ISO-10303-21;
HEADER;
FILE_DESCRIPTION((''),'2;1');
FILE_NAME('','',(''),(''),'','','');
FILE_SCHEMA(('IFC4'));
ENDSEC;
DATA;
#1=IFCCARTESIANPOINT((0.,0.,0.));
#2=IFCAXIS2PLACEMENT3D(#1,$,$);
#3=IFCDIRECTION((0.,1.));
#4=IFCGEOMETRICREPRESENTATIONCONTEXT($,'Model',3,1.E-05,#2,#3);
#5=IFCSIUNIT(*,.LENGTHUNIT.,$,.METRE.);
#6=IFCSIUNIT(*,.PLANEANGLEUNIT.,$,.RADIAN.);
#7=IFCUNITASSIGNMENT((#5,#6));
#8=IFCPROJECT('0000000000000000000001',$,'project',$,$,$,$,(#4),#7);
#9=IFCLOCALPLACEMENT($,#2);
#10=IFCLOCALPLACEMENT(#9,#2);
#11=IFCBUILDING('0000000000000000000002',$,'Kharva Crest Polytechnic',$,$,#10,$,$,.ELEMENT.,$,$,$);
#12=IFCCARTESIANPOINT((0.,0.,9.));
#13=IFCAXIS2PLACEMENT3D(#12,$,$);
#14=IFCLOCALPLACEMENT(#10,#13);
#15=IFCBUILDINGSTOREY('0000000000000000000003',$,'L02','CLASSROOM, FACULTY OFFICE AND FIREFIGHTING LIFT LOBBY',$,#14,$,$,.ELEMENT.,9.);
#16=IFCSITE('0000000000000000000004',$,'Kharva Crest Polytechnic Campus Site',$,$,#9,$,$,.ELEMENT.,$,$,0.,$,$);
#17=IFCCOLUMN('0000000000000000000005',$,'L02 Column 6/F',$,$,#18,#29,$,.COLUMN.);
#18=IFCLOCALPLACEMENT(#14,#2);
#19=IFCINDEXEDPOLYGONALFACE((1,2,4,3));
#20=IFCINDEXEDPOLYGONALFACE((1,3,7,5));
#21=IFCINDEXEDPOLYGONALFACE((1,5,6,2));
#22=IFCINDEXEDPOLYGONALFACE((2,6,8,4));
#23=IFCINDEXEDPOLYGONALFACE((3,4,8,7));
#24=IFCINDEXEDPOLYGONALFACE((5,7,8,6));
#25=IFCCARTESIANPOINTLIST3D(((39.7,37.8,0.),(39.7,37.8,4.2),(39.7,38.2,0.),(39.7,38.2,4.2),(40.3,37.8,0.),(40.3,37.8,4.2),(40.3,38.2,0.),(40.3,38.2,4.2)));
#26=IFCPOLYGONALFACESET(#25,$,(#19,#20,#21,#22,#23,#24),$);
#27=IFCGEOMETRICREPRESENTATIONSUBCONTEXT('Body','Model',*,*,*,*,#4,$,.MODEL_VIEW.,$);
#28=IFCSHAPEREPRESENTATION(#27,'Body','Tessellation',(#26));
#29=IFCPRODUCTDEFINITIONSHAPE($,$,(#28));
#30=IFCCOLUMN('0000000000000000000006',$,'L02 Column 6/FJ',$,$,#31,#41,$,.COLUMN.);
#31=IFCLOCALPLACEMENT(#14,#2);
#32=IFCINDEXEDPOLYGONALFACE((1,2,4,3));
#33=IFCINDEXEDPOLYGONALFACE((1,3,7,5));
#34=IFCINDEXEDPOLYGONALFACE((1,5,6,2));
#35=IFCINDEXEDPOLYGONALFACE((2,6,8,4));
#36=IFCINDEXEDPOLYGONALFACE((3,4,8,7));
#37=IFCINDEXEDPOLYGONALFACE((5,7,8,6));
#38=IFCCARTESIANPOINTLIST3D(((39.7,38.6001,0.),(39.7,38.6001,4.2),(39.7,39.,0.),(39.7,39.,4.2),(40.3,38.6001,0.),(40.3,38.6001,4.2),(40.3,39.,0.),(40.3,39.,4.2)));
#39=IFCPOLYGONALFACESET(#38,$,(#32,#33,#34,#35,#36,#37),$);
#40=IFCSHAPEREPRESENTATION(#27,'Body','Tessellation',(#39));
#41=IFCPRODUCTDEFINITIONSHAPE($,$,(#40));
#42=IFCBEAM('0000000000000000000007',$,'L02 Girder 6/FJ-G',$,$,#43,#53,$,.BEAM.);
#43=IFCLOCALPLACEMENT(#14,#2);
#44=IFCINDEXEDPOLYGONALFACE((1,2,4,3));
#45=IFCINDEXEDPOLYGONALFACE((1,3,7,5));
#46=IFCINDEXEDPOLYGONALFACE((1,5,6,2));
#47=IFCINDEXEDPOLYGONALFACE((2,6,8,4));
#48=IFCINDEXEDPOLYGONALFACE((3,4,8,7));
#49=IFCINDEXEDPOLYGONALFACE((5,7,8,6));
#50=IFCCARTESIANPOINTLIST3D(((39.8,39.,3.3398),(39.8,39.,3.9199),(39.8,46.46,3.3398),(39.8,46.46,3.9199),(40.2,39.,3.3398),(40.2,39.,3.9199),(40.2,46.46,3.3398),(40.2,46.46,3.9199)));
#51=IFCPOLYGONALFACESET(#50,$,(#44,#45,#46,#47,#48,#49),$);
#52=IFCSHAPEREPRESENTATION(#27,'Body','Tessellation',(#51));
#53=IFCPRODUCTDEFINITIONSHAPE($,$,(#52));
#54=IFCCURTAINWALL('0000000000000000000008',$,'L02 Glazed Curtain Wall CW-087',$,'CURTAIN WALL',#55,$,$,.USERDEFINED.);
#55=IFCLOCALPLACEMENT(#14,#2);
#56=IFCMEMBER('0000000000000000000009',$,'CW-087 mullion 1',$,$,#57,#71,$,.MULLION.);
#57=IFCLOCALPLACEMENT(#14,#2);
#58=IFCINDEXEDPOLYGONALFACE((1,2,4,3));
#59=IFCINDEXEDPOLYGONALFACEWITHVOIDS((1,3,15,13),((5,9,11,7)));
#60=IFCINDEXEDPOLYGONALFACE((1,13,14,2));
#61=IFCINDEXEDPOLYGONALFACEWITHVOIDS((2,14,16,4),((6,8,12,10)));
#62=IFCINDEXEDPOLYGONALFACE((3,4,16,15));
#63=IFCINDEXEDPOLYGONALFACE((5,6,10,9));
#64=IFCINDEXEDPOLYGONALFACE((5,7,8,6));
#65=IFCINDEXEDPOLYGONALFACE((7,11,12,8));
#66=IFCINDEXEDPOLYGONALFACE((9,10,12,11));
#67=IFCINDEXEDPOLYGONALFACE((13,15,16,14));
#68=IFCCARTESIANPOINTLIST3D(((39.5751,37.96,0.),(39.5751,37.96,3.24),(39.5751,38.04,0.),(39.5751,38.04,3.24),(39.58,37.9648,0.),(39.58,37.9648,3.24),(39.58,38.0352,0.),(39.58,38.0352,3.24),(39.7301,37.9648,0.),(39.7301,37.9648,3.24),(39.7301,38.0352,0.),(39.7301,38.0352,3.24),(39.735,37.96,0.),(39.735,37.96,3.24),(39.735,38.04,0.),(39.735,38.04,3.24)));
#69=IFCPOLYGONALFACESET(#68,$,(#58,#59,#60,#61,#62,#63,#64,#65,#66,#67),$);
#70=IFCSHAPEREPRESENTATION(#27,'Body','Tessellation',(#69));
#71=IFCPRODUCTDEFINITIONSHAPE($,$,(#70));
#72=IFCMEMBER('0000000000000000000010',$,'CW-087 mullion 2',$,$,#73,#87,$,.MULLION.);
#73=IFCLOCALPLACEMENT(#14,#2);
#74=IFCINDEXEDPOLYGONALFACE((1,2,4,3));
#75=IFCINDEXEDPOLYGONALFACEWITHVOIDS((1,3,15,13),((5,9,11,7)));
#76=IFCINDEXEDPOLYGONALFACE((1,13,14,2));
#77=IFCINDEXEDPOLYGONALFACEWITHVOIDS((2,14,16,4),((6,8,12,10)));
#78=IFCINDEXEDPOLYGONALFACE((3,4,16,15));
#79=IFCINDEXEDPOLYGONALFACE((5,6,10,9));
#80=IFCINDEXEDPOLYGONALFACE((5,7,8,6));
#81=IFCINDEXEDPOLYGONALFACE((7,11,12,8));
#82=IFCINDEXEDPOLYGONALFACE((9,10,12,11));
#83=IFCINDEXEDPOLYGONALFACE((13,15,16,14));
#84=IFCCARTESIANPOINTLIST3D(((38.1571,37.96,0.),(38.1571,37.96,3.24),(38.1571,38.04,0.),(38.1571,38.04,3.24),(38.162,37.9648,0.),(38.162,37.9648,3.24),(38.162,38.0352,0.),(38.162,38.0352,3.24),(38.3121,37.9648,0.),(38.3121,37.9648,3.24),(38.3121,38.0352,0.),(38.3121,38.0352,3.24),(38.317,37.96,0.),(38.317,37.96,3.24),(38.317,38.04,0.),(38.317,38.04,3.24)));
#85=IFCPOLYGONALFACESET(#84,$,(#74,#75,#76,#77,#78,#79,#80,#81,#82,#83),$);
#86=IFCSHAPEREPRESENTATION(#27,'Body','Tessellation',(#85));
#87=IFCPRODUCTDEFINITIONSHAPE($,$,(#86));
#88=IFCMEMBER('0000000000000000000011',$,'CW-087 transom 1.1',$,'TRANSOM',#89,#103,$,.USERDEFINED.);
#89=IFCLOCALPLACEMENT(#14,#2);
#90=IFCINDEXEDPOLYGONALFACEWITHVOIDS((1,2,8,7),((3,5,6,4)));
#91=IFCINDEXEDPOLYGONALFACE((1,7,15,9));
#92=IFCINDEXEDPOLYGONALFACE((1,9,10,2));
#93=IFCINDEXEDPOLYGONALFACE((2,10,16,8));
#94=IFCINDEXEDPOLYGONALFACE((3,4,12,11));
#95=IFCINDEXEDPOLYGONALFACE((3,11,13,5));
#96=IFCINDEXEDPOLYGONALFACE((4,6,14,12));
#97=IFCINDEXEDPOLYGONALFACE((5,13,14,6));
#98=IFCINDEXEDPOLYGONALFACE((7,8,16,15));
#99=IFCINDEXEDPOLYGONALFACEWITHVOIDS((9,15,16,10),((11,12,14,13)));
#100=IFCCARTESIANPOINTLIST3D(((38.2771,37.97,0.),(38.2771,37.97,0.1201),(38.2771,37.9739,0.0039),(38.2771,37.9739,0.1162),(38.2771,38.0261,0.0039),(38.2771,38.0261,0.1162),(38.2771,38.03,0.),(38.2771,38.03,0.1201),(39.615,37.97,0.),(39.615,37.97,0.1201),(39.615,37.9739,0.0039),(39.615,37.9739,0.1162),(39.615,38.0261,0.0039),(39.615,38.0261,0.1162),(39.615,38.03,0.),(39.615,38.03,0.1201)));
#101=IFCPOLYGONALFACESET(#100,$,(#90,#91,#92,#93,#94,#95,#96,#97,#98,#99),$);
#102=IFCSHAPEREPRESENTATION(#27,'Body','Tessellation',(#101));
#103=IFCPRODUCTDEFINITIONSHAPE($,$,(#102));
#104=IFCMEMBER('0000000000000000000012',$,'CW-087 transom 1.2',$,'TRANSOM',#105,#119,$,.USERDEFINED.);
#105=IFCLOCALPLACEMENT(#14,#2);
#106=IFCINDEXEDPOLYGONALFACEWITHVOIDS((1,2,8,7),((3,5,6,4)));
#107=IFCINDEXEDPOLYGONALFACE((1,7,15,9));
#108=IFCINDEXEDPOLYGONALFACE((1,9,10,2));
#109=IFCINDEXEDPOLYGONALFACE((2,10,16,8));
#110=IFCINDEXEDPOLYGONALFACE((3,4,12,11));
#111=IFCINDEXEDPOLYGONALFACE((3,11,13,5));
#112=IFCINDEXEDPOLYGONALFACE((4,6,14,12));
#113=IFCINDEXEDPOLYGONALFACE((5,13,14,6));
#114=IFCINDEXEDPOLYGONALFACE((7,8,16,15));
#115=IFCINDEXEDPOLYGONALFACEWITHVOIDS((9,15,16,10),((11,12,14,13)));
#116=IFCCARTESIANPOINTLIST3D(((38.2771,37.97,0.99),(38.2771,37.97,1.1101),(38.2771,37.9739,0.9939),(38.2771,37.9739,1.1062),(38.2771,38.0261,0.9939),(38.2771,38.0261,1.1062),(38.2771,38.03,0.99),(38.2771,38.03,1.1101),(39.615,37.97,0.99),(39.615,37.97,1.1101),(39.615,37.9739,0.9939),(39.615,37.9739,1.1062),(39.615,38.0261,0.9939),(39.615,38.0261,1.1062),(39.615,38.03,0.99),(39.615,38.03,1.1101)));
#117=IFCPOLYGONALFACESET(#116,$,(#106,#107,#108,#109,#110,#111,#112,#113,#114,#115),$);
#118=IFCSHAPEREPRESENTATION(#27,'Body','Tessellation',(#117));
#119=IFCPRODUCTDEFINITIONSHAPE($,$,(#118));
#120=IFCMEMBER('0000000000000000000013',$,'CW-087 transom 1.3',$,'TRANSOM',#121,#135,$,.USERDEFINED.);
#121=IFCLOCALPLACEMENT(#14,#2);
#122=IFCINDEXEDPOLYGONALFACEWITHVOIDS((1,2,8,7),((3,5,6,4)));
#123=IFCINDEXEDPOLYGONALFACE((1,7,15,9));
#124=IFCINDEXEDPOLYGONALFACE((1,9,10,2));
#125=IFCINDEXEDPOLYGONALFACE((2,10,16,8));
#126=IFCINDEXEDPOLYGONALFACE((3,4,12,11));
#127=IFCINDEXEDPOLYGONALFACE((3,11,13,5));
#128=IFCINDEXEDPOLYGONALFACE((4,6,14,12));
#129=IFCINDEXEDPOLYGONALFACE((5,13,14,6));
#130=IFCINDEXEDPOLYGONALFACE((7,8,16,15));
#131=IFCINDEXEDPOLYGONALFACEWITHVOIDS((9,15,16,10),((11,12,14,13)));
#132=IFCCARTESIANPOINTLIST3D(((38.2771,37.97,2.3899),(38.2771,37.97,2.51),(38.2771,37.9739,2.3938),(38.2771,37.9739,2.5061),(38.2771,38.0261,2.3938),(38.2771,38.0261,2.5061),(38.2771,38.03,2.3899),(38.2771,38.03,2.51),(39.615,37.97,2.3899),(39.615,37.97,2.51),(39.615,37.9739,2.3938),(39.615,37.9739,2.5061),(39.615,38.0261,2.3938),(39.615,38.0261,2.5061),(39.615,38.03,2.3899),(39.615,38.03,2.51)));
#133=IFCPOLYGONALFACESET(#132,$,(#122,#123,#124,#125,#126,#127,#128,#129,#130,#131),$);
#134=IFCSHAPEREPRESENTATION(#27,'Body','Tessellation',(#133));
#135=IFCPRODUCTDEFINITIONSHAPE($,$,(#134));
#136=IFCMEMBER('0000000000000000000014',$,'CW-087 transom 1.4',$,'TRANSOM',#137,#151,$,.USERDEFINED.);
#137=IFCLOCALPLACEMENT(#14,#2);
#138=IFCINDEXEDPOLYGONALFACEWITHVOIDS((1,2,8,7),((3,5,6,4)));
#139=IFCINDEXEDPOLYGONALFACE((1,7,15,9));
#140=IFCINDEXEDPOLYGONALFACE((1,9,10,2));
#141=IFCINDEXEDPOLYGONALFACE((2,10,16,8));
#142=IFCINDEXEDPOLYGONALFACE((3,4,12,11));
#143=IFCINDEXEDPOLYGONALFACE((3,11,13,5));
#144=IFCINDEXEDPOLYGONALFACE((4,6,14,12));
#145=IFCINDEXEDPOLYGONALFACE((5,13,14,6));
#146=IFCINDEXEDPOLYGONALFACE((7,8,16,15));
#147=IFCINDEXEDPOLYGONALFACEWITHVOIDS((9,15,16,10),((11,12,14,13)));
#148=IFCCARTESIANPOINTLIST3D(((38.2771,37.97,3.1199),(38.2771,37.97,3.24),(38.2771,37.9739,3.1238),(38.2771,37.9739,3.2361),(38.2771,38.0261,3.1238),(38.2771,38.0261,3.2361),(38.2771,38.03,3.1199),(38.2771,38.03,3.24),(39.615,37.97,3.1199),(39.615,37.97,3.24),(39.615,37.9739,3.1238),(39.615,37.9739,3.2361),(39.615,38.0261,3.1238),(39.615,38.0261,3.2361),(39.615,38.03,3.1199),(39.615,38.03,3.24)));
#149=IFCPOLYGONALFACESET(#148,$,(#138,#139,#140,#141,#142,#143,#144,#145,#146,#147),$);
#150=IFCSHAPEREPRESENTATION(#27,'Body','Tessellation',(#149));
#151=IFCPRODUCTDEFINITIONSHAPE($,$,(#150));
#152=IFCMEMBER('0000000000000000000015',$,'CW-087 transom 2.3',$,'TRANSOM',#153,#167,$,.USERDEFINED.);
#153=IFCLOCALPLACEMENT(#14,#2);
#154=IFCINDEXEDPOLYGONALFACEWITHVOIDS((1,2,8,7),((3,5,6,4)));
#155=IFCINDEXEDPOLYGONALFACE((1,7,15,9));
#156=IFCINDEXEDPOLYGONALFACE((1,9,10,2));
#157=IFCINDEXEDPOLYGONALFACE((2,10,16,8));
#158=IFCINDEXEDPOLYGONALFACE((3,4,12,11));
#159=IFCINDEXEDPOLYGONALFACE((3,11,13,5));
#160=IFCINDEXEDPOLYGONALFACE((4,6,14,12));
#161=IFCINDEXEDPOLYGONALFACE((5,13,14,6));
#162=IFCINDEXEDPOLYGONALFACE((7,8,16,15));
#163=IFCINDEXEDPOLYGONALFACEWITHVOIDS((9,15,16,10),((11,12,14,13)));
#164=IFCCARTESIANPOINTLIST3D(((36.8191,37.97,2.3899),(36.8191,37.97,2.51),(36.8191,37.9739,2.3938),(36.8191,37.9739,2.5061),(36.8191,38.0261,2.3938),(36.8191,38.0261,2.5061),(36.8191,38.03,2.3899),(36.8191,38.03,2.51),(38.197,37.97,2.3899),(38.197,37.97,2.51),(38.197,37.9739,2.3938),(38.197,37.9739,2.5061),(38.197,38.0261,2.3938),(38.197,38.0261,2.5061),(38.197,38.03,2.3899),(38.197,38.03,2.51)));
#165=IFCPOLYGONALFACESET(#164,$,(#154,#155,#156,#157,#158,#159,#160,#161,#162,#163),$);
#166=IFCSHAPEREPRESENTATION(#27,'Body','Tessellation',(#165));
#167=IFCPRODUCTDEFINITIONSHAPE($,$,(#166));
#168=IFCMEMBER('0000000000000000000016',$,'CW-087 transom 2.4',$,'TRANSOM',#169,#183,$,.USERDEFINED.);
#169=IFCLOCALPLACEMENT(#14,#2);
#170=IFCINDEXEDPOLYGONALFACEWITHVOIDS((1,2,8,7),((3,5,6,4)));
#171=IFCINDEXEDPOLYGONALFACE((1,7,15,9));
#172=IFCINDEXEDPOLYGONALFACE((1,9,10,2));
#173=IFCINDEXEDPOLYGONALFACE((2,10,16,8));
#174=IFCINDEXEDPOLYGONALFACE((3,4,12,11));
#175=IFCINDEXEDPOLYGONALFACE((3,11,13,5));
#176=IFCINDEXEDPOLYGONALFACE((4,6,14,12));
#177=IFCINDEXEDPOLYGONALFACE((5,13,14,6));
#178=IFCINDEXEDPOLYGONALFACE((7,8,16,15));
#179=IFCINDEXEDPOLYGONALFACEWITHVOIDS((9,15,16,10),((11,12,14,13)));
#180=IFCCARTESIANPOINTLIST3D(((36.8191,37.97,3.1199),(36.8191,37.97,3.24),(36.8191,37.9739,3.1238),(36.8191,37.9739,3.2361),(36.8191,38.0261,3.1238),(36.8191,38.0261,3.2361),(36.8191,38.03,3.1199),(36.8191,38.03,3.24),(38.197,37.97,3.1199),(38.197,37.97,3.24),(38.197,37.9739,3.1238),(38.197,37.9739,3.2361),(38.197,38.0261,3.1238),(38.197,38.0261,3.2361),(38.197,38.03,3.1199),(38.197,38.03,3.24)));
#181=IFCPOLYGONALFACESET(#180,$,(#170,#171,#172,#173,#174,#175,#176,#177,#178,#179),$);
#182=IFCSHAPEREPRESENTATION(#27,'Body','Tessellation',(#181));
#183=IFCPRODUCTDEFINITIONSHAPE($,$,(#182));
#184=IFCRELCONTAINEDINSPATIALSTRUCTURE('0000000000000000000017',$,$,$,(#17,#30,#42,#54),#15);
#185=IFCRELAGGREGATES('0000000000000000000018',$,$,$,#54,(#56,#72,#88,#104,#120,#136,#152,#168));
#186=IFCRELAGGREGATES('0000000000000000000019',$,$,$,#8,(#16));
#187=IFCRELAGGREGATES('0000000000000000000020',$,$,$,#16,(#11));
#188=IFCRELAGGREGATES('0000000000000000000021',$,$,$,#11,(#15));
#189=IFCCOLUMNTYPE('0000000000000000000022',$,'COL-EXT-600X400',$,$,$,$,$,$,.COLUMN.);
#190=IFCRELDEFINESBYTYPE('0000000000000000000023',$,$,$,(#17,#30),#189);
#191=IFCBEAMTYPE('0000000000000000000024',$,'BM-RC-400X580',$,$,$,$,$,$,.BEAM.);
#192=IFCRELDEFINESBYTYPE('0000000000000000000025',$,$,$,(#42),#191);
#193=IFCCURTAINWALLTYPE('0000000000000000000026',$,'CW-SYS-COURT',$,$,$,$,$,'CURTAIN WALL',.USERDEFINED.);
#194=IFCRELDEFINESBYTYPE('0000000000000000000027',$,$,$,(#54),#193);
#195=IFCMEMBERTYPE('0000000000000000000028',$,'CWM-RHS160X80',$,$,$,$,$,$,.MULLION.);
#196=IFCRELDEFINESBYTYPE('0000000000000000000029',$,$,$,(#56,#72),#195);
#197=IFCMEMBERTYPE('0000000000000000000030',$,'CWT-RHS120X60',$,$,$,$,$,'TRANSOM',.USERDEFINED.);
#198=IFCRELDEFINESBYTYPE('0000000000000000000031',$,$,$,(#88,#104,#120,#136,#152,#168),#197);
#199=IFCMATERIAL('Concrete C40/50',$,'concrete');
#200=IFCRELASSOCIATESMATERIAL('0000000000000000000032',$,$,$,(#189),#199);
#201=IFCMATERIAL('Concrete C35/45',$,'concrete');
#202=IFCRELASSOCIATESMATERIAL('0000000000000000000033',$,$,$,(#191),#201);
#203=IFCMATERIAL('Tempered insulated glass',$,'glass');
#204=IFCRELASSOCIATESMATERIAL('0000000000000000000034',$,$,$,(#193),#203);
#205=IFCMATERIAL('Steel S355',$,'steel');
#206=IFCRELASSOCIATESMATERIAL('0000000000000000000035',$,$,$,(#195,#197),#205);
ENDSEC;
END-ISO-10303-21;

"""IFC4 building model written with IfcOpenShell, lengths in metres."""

from ifc_helpers import new_model, si_unit, direction, frame, origin, origin_2d, place, context, subcontext, project, spatial, rectangle, hollow_rectangle, extrude, material, material_profile, profile_set, type_object, element, aggregate, save


model = new_model("IFC4")

# Units and contexts
model_context = context("Model", 3, precision=1e-05, world=origin(), true_north=direction((0.0, 1.0)))
body_context = subcontext(model_context, "Body", "Model", "MODEL_VIEW")
ifc_project = project(units=[si_unit("LENGTHUNIT", "METRE"), si_unit("PLANEANGLEUNIT", "RADIAN")], contexts=[model_context])

# Site, building, storey
site_placement = place(None, origin())
site = spatial("IfcSite", under=ifc_project, at=site_placement, Name="Kharva Crest Polytechnic Campus Site", CompositionType="ELEMENT", RefElevation=0.0)
building_placement = place(site_placement, origin())
building = spatial("IfcBuilding", under=site, at=building_placement, Name="Kharva Crest Polytechnic", CompositionType="ELEMENT")
storey_placement = place(building_placement, frame((0.0, 0.0, 9.0)))
storey = spatial("IfcBuildingStorey", under=building, at=storey_placement, Name="L02", Description="CLASSROOM, FACULTY OFFICE AND FIREFIGHTING LIFT LOBBY", CompositionType="ELEMENT", Elevation=9.0)

# Columns
ifc_material_1 = material(Name="Concrete C40/50", Category="concrete")
ifc_material_profile_1 = material_profile(ifc_material_1, rectangle(XDim=0.6001, YDim=0.3999, at=origin_2d()), Name="RECT 600 X 400")
ifc_profile_set_1 = profile_set([ifc_material_profile_1], Name="Concrete C40/50")
column_type = type_object("IfcColumnType", Name="COL-EXT-600X400", PredefinedType="COLUMN", material=ifc_profile_set_1)
for number, where, z_axis, x_axis, name in (
    (1, (40.0, 38.0, 0.0), (0.0, 0.0, 1.0), (1.0, 0.0, 0.0), "L02 Column 6/F"),
    (2, (40.0, 38.8, 0.0), (0.0, 0.0, 1.0), (1.0, 0.0, 0.0), "L02 Column 6/FJ"),
):
    element("IfcColumn", number, at=place(storey_placement, frame(where, z_axis=z_axis, x_axis=x_axis)), inside=storey, type_object=column_type, Name=name, PredefinedType="COLUMN", context=body_context, shape_type="SweptSolid", body=[
        extrude(rectangle(XDim=0.6001, YDim=0.3999, at=origin_2d()), origin(), (0.0, 0.0, 1.0), 4.2),
    ])

# Beam
ifc_material_2 = material(Name="Concrete C35/45", Category="concrete")
ifc_material_profile_2 = material_profile(ifc_material_2, rectangle(XDim=0.3999, YDim=0.5801, at=origin_2d()), Name="RECT 400 X 580")
ifc_profile_set_2 = profile_set([ifc_material_profile_2], Name="Concrete C35/45")
beam_type_1 = type_object("IfcBeamType", Name="BM-RC-400X580", PredefinedType="BEAM", material=ifc_profile_set_2)
beam_1_placement = place(storey_placement, frame((40.0, 39.0, 3.6299), z_axis=(0.0, 1.0, 0.0), x_axis=(-1.0, 0.0, 0.0)))
element("IfcBeam", 3, at=beam_1_placement, inside=storey, type_object=beam_type_1, Name="L02 Girder 6/FJ-G", PredefinedType="BEAM", context=body_context, shape_type="SweptSolid", body=[
    extrude(rectangle(XDim=0.3999, YDim=0.5801, at=origin_2d()), origin(), (0.0, 0.0, 1.0), 7.46),
])

# Curtain wall, members
ifc_material_3 = material(Name="Tempered insulated glass", Category="glass")
curtain_wall_type = type_object("IfcCurtainWallType", Name="CW-SYS-COURT", ElementType="CURTAIN WALL", PredefinedType="USERDEFINED", material=ifc_material_3)
curtain_wall_placement = place(storey_placement, origin())
curtain_wall = element("IfcCurtainWall", 4, at=curtain_wall_placement, inside=storey, type_object=curtain_wall_type, Name="L02 Glazed Curtain Wall CW-087", ObjectType="CURTAIN WALL", PredefinedType="USERDEFINED")
ifc_material_4 = material(Name="Steel S355", Category="steel")
ifc_material_profile_3 = material_profile(ifc_material_4, hollow_rectangle(XDim=0.0801, YDim=0.1599, WallThickness=0.0049, at=origin_2d()), Name="RHS 160X80X5.0")
ifc_profile_set_3 = profile_set([ifc_material_profile_3], Name="Steel S355")
member_type_1 = type_object("IfcMemberType", Name="CWM-RHS160X80", PredefinedType="MULLION", material=ifc_profile_set_3)
member_1_placement = place(storey_placement, frame((39.655, 38.0, 0.0), z_axis=(0.0, 0.0, 1.0), x_axis=(0.0, -1.0, 0.0)))
member_1 = element("IfcMember", 5, at=member_1_placement, type_object=member_type_1, Name="CW-087 mullion 1", PredefinedType="MULLION", context=body_context, shape_type="SweptSolid", body=[
    extrude(hollow_rectangle(XDim=0.0801, YDim=0.1599, WallThickness=0.0049, at=origin_2d()), origin(), (0.0, 0.0, 1.0), 3.24),
])
member_2_placement = place(storey_placement, frame((38.2371, 38.0, 0.0), z_axis=(0.0, 0.0, 1.0), x_axis=(0.0, -1.0, 0.0)))
member_2 = element("IfcMember", 6, at=member_2_placement, type_object=member_type_1, Name="CW-087 mullion 2", PredefinedType="MULLION", context=body_context, shape_type="SweptSolid", body=[
    extrude(hollow_rectangle(XDim=0.0801, YDim=0.1599, WallThickness=0.0049, at=origin_2d()), origin(), (0.0, 0.0, 1.0), 3.24),
])
ifc_material_profile_4 = material_profile(ifc_material_4, hollow_rectangle(XDim=0.0601, YDim=0.1201, WallThickness=0.0039, at=origin_2d()), Name="RHS 120X60X4.0")
ifc_profile_set_4 = profile_set([ifc_material_profile_4], Name="Steel S355")
member_type_2 = type_object("IfcMemberType", Name="CWT-RHS120X60", ElementType="TRANSOM", PredefinedType="USERDEFINED", material=ifc_profile_set_4)
member_3_placement = place(storey_placement, frame((39.615, 38.0, 0.0601), z_axis=(-1.0, 0.0, 0.0), x_axis=(0.0, -1.0, 0.0)))
member_3 = element("IfcMember", 7, at=member_3_placement, type_object=member_type_2, Name="CW-087 transom 1.1", ObjectType="TRANSOM", PredefinedType="USERDEFINED", context=body_context, shape_type="SweptSolid", body=[
    extrude(hollow_rectangle(XDim=0.0601, YDim=0.1201, WallThickness=0.0039, at=origin_2d()), origin(), (0.0, 0.0, 1.0), 1.3379),
])
member_4_placement = place(storey_placement, frame((39.615, 38.0, 1.05), z_axis=(-1.0, 0.0, 0.0), x_axis=(0.0, -1.0, 0.0)))
member_4 = element("IfcMember", 8, at=member_4_placement, type_object=member_type_2, Name="CW-087 transom 1.2", ObjectType="TRANSOM", PredefinedType="USERDEFINED", context=body_context, shape_type="SweptSolid", body=[
    extrude(hollow_rectangle(XDim=0.0601, YDim=0.1201, WallThickness=0.0039, at=origin_2d()), origin(), (0.0, 0.0, 1.0), 1.3379),
])
member_5_placement = place(storey_placement, frame((39.615, 38.0, 2.45), z_axis=(-1.0, 0.0, 0.0), x_axis=(0.0, -1.0, 0.0)))
member_5 = element("IfcMember", 9, at=member_5_placement, type_object=member_type_2, Name="CW-087 transom 1.3", ObjectType="TRANSOM", PredefinedType="USERDEFINED", context=body_context, shape_type="SweptSolid", body=[
    extrude(hollow_rectangle(XDim=0.0601, YDim=0.1201, WallThickness=0.0039, at=origin_2d()), origin(), (0.0, 0.0, 1.0), 1.3379),
])
member_6_placement = place(storey_placement, frame((39.615, 38.0, 3.1799), z_axis=(-1.0, 0.0, 0.0), x_axis=(0.0, -1.0, 0.0)))
member_6 = element("IfcMember", 10, at=member_6_placement, type_object=member_type_2, Name="CW-087 transom 1.4", ObjectType="TRANSOM", PredefinedType="USERDEFINED", context=body_context, shape_type="SweptSolid", body=[
    extrude(hollow_rectangle(XDim=0.0601, YDim=0.1201, WallThickness=0.0039, at=origin_2d()), origin(), (0.0, 0.0, 1.0), 1.3379),
])
member_7_placement = place(storey_placement, frame((38.197, 38.0, 2.45), z_axis=(-1.0, 0.0, 0.0), x_axis=(0.0, -1.0, 0.0)))
member_7 = element("IfcMember", 11, at=member_7_placement, type_object=member_type_2, Name="CW-087 transom 2.3", ObjectType="TRANSOM", PredefinedType="USERDEFINED", context=body_context, shape_type="SweptSolid", body=[
    extrude(hollow_rectangle(XDim=0.0601, YDim=0.1201, WallThickness=0.0039, at=origin_2d()), origin(), (0.0, 0.0, 1.0), 1.3779),
])
member_8_placement = place(storey_placement, frame((38.197, 38.0, 3.1799), z_axis=(-1.0, 0.0, 0.0), x_axis=(0.0, -1.0, 0.0)))
member_8 = element("IfcMember", 12, at=member_8_placement, type_object=member_type_2, Name="CW-087 transom 2.4", ObjectType="TRANSOM", PredefinedType="USERDEFINED", context=body_context, shape_type="SweptSolid", body=[
    extrude(hollow_rectangle(XDim=0.0601, YDim=0.1201, WallThickness=0.0039, at=origin_2d()), origin(), (0.0, 0.0, 1.0), 1.3779),
])

aggregate(curtain_wall, [member_1, member_2, member_3, member_4, member_5, member_6, member_7, member_8])

save(model, "model.ifc")
